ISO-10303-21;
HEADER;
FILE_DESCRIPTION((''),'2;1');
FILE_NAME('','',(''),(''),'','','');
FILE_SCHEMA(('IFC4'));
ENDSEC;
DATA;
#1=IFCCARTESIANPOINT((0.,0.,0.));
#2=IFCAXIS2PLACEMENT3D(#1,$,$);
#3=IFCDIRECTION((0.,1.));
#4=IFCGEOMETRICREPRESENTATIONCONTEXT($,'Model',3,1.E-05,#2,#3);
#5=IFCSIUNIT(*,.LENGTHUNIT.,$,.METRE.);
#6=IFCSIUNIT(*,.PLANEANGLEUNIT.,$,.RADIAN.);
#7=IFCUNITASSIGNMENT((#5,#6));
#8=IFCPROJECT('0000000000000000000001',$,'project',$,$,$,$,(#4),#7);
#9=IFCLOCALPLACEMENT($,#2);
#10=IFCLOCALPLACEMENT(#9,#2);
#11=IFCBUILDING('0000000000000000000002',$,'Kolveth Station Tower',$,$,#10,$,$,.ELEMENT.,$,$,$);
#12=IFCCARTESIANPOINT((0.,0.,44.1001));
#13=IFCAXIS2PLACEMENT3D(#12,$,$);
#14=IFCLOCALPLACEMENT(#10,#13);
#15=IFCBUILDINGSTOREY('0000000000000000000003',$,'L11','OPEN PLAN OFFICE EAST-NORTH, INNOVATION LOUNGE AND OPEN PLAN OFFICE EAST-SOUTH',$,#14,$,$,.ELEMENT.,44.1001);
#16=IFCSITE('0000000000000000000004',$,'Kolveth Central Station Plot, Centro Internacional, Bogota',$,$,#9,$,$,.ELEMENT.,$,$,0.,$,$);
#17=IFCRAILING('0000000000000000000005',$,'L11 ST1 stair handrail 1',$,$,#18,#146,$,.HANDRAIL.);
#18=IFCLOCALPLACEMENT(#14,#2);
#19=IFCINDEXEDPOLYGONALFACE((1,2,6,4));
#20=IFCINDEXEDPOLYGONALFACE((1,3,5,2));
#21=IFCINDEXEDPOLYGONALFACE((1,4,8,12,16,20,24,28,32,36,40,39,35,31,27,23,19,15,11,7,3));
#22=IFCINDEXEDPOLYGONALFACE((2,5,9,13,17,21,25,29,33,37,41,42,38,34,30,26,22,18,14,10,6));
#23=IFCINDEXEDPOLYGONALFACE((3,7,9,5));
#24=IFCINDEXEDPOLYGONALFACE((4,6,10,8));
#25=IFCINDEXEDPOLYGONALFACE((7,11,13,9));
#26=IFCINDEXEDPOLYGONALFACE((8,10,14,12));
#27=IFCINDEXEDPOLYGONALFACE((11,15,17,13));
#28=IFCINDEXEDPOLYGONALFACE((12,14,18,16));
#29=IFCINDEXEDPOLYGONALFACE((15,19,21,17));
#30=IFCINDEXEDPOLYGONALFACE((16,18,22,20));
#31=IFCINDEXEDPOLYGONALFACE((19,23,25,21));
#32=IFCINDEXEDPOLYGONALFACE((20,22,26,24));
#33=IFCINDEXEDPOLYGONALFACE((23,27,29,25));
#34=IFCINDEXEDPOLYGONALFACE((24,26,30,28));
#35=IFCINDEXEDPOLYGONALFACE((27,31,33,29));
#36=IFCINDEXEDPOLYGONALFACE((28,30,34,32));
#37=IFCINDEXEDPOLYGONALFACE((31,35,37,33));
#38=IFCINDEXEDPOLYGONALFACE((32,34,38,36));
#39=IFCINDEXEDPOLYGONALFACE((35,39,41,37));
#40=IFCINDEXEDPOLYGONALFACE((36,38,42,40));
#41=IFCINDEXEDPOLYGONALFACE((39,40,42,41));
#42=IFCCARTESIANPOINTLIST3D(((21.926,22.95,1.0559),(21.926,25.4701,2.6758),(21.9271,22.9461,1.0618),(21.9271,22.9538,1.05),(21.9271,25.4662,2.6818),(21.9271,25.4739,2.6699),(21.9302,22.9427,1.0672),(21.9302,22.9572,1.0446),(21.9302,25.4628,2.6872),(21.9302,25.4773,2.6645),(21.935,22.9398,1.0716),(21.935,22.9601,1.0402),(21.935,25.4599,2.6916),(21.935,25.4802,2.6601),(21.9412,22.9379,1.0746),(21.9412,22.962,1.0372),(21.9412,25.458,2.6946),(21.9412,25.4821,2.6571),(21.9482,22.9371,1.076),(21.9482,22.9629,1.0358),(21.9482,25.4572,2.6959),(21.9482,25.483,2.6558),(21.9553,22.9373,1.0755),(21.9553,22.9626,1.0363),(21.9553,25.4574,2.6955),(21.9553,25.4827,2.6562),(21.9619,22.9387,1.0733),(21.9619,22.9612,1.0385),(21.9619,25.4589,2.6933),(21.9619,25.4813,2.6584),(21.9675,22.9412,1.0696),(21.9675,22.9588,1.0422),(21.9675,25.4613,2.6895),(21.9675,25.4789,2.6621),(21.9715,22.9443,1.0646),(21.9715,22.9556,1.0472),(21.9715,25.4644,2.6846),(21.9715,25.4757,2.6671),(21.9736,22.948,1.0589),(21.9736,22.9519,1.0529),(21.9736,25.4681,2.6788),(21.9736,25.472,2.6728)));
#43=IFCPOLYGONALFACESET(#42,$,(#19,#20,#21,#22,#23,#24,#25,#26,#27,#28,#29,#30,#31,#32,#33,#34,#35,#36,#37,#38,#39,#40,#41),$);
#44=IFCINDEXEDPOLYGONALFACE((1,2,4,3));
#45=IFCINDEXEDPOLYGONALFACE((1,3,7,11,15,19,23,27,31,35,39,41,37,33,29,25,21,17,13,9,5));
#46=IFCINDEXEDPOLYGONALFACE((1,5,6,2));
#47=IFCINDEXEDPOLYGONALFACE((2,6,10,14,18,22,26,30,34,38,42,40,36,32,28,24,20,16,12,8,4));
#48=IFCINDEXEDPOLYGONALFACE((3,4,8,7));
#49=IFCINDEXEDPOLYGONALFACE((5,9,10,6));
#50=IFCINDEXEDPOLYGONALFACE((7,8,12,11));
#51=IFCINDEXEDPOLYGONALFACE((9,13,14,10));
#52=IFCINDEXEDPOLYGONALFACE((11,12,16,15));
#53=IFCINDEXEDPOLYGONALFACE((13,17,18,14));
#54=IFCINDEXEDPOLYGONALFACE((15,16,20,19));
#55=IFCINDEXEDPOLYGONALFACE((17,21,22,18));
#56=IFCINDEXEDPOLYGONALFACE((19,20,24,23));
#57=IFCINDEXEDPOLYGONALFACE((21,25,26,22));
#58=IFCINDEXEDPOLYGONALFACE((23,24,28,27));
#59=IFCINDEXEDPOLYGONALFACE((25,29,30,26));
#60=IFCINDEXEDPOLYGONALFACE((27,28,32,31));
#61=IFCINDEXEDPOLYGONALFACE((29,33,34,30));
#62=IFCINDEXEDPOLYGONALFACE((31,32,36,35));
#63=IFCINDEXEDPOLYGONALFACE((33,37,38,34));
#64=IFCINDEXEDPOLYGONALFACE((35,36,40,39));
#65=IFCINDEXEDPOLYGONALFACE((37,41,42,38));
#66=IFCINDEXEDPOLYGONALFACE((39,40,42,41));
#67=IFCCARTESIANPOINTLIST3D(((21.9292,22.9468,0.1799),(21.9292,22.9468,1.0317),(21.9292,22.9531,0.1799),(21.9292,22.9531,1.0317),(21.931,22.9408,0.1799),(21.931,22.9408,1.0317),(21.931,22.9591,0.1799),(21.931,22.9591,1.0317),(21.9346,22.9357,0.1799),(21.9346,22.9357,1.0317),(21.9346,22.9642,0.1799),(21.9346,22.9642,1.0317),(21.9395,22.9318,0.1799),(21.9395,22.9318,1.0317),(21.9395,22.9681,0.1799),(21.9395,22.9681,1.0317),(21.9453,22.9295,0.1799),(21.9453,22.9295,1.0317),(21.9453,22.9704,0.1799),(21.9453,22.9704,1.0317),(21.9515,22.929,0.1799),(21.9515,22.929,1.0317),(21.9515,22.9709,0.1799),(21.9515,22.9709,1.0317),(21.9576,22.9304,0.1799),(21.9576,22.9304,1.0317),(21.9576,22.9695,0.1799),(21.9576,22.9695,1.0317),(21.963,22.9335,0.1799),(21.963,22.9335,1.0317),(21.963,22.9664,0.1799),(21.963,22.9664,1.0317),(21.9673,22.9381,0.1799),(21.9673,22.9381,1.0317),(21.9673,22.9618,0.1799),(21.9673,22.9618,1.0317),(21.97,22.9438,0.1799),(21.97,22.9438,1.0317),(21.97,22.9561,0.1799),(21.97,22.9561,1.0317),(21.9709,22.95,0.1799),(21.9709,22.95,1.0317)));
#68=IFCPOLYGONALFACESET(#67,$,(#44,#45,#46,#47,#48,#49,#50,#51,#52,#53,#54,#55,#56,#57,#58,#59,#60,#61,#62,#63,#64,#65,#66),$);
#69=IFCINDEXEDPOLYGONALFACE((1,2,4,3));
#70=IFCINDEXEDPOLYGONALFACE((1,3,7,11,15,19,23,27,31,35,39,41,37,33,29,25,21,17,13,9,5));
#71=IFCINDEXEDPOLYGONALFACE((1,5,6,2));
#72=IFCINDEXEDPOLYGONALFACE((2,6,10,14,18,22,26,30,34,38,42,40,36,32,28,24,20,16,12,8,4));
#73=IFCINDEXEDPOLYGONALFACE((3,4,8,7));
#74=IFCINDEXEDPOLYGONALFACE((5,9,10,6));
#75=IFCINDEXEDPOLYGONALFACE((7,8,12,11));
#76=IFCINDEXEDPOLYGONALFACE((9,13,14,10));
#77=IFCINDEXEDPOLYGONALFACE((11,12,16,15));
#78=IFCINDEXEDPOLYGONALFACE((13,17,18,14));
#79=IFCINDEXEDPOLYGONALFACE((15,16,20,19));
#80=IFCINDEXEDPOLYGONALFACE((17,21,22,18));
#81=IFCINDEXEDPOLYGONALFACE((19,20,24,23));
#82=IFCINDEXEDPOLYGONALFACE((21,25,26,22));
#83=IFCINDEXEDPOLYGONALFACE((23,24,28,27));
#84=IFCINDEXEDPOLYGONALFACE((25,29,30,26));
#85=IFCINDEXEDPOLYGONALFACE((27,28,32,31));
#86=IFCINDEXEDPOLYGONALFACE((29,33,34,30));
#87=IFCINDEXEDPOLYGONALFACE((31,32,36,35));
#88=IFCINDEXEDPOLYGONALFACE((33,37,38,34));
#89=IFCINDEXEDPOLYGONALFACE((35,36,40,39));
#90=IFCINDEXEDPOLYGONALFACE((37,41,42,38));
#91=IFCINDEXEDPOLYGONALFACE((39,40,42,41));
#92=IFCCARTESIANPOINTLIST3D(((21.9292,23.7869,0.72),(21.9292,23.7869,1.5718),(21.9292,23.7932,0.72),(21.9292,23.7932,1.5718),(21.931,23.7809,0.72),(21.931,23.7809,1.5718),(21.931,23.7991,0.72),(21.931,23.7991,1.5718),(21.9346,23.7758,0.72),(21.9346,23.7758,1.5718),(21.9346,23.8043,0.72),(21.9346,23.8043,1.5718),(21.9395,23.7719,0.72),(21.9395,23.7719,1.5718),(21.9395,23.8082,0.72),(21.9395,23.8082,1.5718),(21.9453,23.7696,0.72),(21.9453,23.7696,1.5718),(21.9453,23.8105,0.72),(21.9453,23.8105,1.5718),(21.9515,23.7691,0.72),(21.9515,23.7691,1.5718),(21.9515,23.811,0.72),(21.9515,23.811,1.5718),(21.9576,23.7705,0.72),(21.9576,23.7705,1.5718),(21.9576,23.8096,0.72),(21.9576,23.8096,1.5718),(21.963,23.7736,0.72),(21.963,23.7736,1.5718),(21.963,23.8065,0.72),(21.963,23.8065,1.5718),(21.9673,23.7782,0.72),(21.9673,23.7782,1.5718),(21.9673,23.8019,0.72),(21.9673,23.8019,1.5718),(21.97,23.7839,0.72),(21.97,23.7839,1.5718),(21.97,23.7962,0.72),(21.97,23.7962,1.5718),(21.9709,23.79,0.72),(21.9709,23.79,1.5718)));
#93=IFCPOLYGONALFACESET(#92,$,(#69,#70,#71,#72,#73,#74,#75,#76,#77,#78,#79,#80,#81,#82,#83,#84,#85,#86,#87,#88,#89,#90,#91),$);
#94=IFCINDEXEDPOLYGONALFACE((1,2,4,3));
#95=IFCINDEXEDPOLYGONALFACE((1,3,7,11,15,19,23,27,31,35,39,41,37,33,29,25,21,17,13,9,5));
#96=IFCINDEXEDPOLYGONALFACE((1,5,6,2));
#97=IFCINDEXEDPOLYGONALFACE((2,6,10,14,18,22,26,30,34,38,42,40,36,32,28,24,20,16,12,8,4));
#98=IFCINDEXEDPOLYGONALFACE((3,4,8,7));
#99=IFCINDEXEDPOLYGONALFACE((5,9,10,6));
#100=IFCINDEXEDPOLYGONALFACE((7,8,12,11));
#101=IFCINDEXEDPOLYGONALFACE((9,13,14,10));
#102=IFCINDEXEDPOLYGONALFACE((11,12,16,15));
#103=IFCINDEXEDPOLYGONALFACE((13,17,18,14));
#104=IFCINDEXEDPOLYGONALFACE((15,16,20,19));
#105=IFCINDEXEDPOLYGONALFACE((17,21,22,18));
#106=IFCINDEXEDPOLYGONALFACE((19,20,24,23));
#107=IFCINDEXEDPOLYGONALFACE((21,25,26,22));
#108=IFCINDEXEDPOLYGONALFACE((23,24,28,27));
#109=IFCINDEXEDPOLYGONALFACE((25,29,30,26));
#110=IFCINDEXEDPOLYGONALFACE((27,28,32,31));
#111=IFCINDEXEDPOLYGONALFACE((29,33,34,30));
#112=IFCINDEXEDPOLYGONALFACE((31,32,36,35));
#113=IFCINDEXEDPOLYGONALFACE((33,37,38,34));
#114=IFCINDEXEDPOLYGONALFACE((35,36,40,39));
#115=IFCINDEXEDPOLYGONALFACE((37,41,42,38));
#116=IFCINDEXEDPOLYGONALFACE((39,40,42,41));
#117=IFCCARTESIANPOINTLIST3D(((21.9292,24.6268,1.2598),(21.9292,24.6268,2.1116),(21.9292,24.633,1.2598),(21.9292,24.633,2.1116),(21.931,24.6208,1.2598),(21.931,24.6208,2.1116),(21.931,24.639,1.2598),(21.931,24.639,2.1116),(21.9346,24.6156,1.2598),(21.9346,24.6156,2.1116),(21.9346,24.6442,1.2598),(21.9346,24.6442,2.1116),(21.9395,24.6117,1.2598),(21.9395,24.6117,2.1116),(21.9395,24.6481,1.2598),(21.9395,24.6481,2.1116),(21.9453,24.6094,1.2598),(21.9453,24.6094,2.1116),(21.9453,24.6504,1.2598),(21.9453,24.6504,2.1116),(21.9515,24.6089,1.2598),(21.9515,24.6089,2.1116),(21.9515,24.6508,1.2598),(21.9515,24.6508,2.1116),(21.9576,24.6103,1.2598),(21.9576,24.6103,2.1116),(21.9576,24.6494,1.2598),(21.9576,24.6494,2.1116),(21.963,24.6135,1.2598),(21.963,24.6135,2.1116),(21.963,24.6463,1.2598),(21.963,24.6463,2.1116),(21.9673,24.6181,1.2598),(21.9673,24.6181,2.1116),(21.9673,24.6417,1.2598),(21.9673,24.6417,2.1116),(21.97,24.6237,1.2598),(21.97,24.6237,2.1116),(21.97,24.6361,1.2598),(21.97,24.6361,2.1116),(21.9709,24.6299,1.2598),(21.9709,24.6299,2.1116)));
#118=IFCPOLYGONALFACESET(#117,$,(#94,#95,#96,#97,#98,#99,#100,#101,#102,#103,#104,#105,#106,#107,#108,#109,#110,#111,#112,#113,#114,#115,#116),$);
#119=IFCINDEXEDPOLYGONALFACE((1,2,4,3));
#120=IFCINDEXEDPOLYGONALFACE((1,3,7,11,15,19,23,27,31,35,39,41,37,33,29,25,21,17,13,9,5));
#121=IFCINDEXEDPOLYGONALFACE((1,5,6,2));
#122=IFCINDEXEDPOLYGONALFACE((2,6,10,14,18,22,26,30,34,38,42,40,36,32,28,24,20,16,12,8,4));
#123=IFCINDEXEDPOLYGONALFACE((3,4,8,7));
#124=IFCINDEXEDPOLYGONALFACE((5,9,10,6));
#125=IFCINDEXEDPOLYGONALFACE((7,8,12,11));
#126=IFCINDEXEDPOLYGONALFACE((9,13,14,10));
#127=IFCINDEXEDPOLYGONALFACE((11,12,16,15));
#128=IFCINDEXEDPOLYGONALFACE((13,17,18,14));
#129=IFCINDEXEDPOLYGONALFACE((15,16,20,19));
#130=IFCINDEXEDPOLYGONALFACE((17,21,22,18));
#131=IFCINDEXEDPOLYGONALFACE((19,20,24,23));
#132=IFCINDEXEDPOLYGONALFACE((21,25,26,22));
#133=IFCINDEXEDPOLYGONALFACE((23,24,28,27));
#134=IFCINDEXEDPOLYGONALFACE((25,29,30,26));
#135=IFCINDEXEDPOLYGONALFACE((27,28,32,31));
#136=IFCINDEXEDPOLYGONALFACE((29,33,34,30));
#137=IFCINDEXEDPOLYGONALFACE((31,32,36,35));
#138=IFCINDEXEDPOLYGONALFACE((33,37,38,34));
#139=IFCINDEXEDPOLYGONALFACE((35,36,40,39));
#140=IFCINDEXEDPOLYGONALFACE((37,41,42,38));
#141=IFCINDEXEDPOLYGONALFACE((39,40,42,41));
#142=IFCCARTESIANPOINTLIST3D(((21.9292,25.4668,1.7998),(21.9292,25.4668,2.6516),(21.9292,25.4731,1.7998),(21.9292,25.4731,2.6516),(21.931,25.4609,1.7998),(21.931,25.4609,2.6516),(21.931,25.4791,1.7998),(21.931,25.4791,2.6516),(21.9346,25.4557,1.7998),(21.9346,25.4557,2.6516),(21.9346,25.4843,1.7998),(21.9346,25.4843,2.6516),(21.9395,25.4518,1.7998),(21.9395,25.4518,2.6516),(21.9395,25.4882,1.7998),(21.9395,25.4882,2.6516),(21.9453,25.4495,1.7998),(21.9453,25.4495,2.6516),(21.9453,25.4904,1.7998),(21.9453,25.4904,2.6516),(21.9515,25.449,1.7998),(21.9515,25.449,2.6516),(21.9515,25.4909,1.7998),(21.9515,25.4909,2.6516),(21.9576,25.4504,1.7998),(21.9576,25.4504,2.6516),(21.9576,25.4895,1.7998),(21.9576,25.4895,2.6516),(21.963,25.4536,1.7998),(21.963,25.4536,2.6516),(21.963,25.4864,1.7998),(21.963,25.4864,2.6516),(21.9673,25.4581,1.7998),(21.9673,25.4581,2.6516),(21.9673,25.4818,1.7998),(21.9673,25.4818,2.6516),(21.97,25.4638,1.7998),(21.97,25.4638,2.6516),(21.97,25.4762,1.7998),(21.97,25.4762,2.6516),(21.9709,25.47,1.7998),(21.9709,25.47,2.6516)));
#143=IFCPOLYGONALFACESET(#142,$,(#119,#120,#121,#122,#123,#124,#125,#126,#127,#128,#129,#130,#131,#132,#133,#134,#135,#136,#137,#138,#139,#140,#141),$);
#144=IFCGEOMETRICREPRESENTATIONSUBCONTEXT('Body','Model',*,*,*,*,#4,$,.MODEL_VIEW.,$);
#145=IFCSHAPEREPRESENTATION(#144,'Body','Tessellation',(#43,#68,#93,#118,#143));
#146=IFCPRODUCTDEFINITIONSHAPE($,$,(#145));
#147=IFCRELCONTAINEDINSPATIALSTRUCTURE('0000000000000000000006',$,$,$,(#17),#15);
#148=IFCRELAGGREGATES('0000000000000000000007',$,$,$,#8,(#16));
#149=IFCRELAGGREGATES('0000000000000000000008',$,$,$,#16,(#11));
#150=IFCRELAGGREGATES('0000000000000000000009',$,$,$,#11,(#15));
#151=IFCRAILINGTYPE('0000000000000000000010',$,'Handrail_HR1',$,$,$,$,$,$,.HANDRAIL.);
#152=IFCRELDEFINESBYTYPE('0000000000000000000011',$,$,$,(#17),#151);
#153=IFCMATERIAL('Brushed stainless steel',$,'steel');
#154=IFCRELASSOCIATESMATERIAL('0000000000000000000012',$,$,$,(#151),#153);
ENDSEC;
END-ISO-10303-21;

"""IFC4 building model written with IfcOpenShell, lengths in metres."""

from ifc_helpers import new_model, si_unit, direction, frame, origin, origin_2d, place, context, subcontext, project, spatial, circle, extrude, material, type_object, element, save


model = new_model("IFC4")

# Units and contexts
model_context = context("Model", 3, precision=1e-05, world=origin(), true_north=direction((0.0, 1.0)))
body_context = subcontext(model_context, "Body", "Model", "MODEL_VIEW")
ifc_project = project(units=[si_unit("LENGTHUNIT", "METRE"), si_unit("PLANEANGLEUNIT", "RADIAN")], contexts=[model_context])

# Site, building, storey
site_placement = place(None, origin())
site = spatial("IfcSite", under=ifc_project, at=site_placement, Name="Kolveth Central Station Plot, Centro Internacional, Bogota", CompositionType="ELEMENT", RefElevation=0.0)
building_placement = place(site_placement, origin())
building = spatial("IfcBuilding", under=site, at=building_placement, Name="Kolveth Station Tower", CompositionType="ELEMENT")
storey_placement = place(building_placement, frame((0.0, 0.0, 44.1001)))
storey = spatial("IfcBuildingStorey", under=building, at=storey_placement, Name="L11", Description="OPEN PLAN OFFICE EAST-NORTH, INNOVATION LOUNGE AND OPEN PLAN OFFICE EAST-SOUTH", CompositionType="ELEMENT", Elevation=44.1001)

# Railing
ifc_material_1 = material(Name="Brushed stainless steel", Category="steel")
railing_type_1 = type_object("IfcRailingType", Name="Handrail_HR1", PredefinedType="HANDRAIL", material=ifc_material_1)
railing_1_placement = place(storey_placement, frame((21.95, 22.95, 0.1799)))
element("IfcRailing", 1, at=railing_1_placement, inside=storey, type_object=railing_type_1, Name="L11 ST1 stair handrail 1", PredefinedType="HANDRAIL", context=body_context, shape_type="SweptSolid", body=[
    extrude(circle(Radius=0.0239, at=origin_2d()), frame((0.0, 0.0, 0.876), z_axis=(0.0, 0.8412, 0.540725), x_axis=(-1.0, 0.0, 0.0)), (0.0, 0.0, 1.0), 2.9958),
    extrude(circle(Radius=0.021, at=origin_2d()), origin(), (0.0, 0.0, 1.0), 0.8518),
    extrude(circle(Radius=0.021, at=origin_2d()), frame((0.0, 0.8401, 0.54)), (0.0, 0.0, 1.0), 0.8518),
    extrude(circle(Radius=0.021, at=origin_2d()), frame((0.0, 1.6799, 1.0798)), (0.0, 0.0, 1.0), 0.8518),
    extrude(circle(Radius=0.021, at=origin_2d()), frame((0.0, 2.52, 1.6199)), (0.0, 0.0, 1.0), 0.8518),
])

save(model, "model.ifc")
